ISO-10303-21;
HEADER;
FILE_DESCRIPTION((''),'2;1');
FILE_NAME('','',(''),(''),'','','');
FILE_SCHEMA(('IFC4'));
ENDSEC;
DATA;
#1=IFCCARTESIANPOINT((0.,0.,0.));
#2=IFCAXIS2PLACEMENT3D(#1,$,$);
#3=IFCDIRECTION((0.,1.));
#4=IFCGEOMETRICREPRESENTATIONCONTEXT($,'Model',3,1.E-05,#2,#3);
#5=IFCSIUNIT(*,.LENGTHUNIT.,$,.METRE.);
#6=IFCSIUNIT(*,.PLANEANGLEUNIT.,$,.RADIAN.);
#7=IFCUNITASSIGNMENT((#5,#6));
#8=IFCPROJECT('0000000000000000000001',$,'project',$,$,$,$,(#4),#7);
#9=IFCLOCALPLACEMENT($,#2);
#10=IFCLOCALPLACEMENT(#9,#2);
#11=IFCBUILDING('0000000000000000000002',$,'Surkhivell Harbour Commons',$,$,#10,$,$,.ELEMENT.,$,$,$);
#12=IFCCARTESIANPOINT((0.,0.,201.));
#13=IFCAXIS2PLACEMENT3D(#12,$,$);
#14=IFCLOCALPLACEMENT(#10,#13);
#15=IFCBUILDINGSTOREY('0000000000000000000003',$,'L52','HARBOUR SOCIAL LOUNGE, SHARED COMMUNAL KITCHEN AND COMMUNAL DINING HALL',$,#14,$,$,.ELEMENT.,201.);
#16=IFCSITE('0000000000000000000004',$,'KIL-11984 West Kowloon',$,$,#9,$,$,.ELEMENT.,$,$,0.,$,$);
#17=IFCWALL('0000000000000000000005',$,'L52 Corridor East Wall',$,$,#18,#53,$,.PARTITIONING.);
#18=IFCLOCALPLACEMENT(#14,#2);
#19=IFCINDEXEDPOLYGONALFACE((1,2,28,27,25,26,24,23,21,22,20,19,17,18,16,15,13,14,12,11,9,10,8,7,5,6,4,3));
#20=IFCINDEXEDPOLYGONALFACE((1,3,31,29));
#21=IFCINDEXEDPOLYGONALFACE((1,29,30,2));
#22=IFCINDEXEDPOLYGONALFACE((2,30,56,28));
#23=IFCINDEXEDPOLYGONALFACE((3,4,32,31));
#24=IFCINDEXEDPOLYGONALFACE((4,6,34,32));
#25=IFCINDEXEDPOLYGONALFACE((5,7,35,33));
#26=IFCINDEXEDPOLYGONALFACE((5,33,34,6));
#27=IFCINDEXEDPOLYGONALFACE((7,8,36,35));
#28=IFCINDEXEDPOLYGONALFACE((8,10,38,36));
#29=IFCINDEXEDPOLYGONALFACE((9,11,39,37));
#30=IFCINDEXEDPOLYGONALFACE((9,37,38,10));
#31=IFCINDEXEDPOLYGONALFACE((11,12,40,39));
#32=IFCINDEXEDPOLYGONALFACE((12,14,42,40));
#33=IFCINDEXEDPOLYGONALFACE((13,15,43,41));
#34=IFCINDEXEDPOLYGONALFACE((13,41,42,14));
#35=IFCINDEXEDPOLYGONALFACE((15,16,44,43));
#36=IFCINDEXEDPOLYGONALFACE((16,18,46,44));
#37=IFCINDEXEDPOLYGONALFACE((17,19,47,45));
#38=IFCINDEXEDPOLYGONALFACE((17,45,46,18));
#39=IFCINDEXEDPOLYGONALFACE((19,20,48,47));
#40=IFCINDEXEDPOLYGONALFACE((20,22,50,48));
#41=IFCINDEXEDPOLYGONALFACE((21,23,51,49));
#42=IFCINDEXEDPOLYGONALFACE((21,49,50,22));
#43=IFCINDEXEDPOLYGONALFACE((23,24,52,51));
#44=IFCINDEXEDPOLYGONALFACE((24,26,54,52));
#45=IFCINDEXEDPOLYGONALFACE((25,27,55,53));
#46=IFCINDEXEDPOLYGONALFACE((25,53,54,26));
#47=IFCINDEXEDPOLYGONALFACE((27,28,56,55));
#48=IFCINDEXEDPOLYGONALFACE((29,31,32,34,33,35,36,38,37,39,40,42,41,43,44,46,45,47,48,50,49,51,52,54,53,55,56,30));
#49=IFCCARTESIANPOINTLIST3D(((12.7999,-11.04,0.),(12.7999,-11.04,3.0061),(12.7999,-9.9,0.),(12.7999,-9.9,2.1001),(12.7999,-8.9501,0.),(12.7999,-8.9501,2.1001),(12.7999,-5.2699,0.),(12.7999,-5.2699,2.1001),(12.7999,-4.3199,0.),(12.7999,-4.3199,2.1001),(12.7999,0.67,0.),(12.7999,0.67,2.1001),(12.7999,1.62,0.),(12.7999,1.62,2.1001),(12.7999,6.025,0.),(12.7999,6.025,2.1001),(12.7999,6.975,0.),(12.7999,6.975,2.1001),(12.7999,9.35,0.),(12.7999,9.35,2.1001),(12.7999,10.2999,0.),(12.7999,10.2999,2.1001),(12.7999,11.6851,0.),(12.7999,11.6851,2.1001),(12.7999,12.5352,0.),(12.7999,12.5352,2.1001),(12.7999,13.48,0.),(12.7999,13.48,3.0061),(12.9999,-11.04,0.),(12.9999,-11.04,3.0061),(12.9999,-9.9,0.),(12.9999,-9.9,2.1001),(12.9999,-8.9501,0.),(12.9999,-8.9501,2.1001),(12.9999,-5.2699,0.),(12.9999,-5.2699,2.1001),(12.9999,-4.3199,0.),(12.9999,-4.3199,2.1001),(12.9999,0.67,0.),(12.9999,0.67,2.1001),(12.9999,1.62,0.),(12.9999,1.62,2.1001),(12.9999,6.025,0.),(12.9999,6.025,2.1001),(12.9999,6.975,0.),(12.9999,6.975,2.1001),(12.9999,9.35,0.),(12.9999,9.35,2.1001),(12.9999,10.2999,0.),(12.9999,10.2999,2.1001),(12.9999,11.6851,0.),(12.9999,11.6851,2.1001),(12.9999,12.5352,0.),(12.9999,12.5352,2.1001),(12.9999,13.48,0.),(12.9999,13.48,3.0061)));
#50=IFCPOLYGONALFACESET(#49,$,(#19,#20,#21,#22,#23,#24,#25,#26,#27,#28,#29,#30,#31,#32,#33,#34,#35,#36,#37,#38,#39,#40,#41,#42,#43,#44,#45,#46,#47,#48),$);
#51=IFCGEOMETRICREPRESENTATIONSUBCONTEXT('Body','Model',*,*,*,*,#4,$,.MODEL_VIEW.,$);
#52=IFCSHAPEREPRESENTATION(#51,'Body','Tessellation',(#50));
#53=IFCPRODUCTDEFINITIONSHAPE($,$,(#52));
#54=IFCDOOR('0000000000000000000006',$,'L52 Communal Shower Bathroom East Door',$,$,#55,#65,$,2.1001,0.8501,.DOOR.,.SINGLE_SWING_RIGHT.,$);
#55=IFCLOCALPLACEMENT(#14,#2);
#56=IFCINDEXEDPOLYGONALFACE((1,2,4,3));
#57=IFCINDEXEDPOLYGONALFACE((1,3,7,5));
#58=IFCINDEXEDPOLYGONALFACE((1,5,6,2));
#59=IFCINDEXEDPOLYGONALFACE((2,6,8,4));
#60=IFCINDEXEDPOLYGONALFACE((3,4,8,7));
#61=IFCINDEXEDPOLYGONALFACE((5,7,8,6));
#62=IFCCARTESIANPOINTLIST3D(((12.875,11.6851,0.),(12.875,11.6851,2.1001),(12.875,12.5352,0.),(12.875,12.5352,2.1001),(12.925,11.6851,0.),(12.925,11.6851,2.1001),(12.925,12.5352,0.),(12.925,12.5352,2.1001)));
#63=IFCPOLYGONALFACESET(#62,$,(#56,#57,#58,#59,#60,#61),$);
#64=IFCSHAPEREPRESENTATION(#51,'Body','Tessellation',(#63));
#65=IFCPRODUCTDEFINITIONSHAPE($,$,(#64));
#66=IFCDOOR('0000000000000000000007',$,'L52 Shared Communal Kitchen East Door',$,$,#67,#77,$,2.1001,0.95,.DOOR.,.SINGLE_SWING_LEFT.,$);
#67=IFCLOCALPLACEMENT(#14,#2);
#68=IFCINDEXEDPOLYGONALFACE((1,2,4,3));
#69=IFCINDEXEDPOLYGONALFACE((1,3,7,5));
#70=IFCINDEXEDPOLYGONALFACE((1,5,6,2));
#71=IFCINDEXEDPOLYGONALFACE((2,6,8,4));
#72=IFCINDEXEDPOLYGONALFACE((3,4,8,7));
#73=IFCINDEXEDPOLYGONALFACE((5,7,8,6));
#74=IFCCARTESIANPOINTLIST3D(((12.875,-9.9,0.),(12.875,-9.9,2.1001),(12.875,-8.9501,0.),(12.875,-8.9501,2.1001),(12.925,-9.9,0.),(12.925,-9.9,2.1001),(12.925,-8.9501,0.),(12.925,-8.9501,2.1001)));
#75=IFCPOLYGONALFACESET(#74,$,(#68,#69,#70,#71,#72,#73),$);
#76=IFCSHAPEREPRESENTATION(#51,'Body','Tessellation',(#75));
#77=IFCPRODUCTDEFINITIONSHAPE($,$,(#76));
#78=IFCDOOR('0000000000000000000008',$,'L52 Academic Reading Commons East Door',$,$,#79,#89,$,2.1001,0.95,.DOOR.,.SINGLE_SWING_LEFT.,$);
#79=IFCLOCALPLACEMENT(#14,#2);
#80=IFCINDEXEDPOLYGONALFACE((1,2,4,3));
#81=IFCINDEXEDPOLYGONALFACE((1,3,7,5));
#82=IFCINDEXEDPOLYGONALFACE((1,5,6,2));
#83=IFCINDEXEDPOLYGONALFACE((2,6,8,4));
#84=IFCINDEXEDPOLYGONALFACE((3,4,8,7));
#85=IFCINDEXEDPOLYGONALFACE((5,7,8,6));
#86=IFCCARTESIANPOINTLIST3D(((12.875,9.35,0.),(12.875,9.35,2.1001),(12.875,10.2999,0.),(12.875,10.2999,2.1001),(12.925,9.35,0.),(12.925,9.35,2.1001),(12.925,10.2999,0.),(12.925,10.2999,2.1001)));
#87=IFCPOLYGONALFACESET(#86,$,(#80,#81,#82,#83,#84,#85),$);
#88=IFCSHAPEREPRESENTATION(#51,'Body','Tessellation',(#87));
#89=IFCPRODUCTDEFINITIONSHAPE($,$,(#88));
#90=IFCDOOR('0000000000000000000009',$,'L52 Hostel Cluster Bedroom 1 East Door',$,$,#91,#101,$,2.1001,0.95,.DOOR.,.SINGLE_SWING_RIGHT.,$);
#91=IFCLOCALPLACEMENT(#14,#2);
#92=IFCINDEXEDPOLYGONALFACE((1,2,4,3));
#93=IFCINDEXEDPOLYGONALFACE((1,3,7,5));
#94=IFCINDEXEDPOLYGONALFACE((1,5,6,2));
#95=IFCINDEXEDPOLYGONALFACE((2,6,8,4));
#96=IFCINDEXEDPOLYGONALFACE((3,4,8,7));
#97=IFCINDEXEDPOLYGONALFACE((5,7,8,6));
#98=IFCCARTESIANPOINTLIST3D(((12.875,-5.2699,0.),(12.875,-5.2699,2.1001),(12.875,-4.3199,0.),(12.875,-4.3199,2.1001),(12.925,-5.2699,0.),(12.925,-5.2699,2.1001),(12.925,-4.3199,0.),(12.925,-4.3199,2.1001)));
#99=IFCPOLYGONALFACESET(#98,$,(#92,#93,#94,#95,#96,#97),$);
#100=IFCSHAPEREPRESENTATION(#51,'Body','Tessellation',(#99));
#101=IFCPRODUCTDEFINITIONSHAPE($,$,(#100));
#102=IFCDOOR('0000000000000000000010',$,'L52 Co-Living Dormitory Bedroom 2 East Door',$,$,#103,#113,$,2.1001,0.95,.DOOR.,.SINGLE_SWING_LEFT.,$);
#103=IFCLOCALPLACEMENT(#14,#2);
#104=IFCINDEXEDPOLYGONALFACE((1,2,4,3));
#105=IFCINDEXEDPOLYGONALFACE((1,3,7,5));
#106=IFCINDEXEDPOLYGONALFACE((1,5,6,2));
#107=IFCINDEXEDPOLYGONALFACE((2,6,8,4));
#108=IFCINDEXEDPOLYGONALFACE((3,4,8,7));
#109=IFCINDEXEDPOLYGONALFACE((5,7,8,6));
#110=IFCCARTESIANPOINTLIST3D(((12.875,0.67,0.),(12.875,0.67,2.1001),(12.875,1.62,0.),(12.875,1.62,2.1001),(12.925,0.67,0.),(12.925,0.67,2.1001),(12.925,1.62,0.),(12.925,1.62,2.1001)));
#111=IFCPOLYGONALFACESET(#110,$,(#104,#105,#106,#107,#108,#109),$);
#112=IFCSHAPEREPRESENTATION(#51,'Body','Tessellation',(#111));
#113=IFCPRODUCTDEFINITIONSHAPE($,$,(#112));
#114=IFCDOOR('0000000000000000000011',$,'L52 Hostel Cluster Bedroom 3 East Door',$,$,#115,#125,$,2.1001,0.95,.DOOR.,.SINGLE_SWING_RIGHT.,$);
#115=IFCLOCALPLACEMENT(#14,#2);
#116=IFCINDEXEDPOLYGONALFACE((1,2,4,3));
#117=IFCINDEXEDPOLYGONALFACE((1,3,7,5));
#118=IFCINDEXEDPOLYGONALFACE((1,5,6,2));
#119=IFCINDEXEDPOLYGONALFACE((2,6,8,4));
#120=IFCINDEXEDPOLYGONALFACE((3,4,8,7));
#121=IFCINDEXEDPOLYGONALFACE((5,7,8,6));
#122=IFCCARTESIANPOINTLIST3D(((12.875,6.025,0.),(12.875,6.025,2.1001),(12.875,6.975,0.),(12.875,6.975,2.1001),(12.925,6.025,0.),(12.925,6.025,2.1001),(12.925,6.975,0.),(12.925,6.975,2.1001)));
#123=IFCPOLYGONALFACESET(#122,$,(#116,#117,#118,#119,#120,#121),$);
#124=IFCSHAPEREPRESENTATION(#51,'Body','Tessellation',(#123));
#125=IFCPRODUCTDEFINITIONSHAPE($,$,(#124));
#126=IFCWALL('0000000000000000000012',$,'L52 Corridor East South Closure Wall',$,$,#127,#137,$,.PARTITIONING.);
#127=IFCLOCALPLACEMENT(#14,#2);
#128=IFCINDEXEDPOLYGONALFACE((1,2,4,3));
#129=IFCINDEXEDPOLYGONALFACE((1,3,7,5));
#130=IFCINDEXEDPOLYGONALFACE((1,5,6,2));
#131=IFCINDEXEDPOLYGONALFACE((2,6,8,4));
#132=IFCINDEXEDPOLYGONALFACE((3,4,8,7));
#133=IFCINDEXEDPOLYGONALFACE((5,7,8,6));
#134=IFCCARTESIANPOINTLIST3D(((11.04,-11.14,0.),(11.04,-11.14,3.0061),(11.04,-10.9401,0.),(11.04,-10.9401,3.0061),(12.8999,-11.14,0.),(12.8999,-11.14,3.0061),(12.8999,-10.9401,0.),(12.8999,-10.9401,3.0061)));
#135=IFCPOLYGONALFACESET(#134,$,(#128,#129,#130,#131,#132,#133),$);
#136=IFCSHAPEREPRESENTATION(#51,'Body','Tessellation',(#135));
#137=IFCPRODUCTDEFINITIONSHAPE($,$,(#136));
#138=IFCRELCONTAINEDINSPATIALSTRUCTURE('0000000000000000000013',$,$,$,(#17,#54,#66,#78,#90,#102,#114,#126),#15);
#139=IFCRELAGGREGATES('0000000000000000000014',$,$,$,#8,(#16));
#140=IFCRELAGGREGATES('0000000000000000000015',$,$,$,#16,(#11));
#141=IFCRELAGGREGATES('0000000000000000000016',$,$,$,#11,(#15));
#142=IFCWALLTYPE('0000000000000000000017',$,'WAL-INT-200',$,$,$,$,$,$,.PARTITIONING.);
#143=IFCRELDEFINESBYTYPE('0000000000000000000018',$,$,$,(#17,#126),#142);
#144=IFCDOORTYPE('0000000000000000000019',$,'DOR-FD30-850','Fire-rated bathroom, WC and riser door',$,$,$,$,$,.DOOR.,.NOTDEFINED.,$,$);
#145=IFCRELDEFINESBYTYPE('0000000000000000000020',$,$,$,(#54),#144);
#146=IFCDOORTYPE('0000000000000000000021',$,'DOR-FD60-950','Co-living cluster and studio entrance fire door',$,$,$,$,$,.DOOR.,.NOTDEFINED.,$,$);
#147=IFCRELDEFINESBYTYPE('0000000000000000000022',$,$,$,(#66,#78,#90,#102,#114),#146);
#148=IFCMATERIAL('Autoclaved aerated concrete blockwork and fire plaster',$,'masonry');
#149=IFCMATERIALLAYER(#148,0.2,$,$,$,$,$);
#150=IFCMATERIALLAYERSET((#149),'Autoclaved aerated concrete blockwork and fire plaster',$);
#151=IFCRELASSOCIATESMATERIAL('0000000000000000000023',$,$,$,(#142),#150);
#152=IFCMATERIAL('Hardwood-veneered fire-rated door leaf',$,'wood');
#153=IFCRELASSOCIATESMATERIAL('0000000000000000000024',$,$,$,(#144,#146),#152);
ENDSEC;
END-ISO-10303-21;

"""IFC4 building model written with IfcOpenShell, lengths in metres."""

from ifc_helpers import new_model, si_unit, direction, frame, frame_2d, origin, place, context, subcontext, project, spatial, rectangle, extrude, material, layer, layer_set, type_object, element, fill, save


model = new_model("IFC4")

# Units and contexts
model_context = context("Model", 3, precision=1e-05, world=origin(), true_north=direction((0.0, 1.0)))
body_context = subcontext(model_context, "Body", "Model", "MODEL_VIEW")
ifc_project = project(units=[si_unit("LENGTHUNIT", "METRE"), si_unit("PLANEANGLEUNIT", "RADIAN")], contexts=[model_context])

# Site, building, storey
site_placement = place(None, origin())
site = spatial("IfcSite", under=ifc_project, at=site_placement, Name="KIL-11984 West Kowloon", CompositionType="ELEMENT", RefElevation=0.0)
building_placement = place(site_placement, origin())
building = spatial("IfcBuilding", under=site, at=building_placement, Name="Surkhivell Harbour Commons", CompositionType="ELEMENT")
storey_placement = place(building_placement, frame((0.0, 0.0, 201.0)))
storey = spatial("IfcBuildingStorey", under=building, at=storey_placement, Name="L52", Description="HARBOUR SOCIAL LOUNGE, SHARED COMMUNAL KITCHEN AND COMMUNAL DINING HALL", CompositionType="ELEMENT", Elevation=201.0)

# Wall, openings, doors
ifc_material_1 = material(Name="Autoclaved aerated concrete blockwork and fire plaster", Category="masonry")
ifc_layer_1 = layer(ifc_material_1, 0.2)
ifc_layer_set_1 = layer_set([ifc_layer_1], Name="Autoclaved aerated concrete blockwork and fire plaster")
wall_type_1 = type_object("IfcWallType", Name="WAL-INT-200", PredefinedType="PARTITIONING", material=ifc_layer_set_1)
wall_1_placement = place(storey_placement, frame((12.8999, -11.04, 0.0), z_axis=(0.0, 0.0, 1.0), x_axis=(0.0, 1.0, 0.0)))
wall_1 = element("IfcWall", 1, at=wall_1_placement, inside=storey, type_object=wall_type_1, Name="L52 Corridor East Wall", PredefinedType="PARTITIONING", context=body_context, shape_type="SweptSolid", body=[
    extrude(rectangle(XDim=24.52, YDim=0.2, at=frame_2d((12.26, 0.0))), origin(), (0.0, 0.0, 1.0), 3.0061),
])
opening_1_placement = place(wall_1_placement, frame((1.1399, 0.0, 0.0)))
opening_1 = element("IfcOpeningElement", 2, at=opening_1_placement, cuts=wall_1, PredefinedType="OPENING", context=body_context, shape_type="SweptSolid", body=[
    extrude(rectangle(XDim=0.95, YDim=2.1001, at=frame_2d((0.4751, 1.05))), frame((0.0, 0.1099, 0.0), z_axis=(0.0, -1.0, 0.0), x_axis=(1.0, 0.0, 0.0)), (0.0, 0.0, 1.0), 0.22),
])
opening_2_placement = place(wall_1_placement, frame((22.7251, 0.0, 0.0)))
opening_2 = element("IfcOpeningElement", 3, at=opening_2_placement, cuts=wall_1, PredefinedType="OPENING", context=body_context, shape_type="SweptSolid", body=[
    extrude(rectangle(XDim=0.8501, YDim=2.1001, at=frame_2d((0.425, 1.05))), frame((0.0, 0.1099, 0.0), z_axis=(0.0, -1.0, 0.0), x_axis=(1.0, 0.0, 0.0)), (0.0, 0.0, 1.0), 0.22),
])
opening_3_placement = place(wall_1_placement, frame((20.3899, 0.0, 0.0)))
opening_3 = element("IfcOpeningElement", 4, at=opening_3_placement, cuts=wall_1, PredefinedType="OPENING", context=body_context, shape_type="SweptSolid", body=[
    extrude(rectangle(XDim=0.95, YDim=2.1001, at=frame_2d((0.4751, 1.05))), frame((0.0, 0.1099, 0.0), z_axis=(0.0, -1.0, 0.0), x_axis=(1.0, 0.0, 0.0)), (0.0, 0.0, 1.0), 0.22),
])
opening_4_placement = place(wall_1_placement, frame((5.77, 0.0, 0.0)))
opening_4 = element("IfcOpeningElement", 5, at=opening_4_placement, cuts=wall_1, PredefinedType="OPENING", context=body_context, shape_type="SweptSolid", body=[
    extrude(rectangle(XDim=0.95, YDim=2.1001, at=frame_2d((0.4751, 1.05))), frame((0.0, 0.1099, 0.0), z_axis=(0.0, -1.0, 0.0), x_axis=(1.0, 0.0, 0.0)), (0.0, 0.0, 1.0), 0.22),
])
opening_5_placement = place(wall_1_placement, frame((11.71, 0.0, 0.0)))
opening_5 = element("IfcOpeningElement", 6, at=opening_5_placement, cuts=wall_1, PredefinedType="OPENING", context=body_context, shape_type="SweptSolid", body=[
    extrude(rectangle(XDim=0.95, YDim=2.1001, at=frame_2d((0.4751, 1.05))), frame((0.0, 0.1099, 0.0), z_axis=(0.0, -1.0, 0.0), x_axis=(1.0, 0.0, 0.0)), (0.0, 0.0, 1.0), 0.22),
])
opening_6_placement = place(wall_1_placement, frame((17.0649, 0.0, 0.0)))
opening_6 = element("IfcOpeningElement", 7, at=opening_6_placement, cuts=wall_1, PredefinedType="OPENING", context=body_context, shape_type="SweptSolid", body=[
    extrude(rectangle(XDim=0.95, YDim=2.1001, at=frame_2d((0.4751, 1.05))), frame((0.0, 0.1099, 0.0), z_axis=(0.0, -1.0, 0.0), x_axis=(1.0, 0.0, 0.0)), (0.0, 0.0, 1.0), 0.22),
])
ifc_material_2 = material(Name="Hardwood-veneered fire-rated door leaf", Category="wood")
door_type_1 = type_object("IfcDoorType", Name="DOR-FD30-850", Description="Fire-rated bathroom, WC and riser door", OperationType="NOTDEFINED", PredefinedType="DOOR", material=ifc_material_2)
door_1_placement = place(opening_2_placement, origin())
door_1 = element("IfcDoor", 8, at=door_1_placement, inside=storey, type_object=door_type_1, Name="L52 Communal Shower Bathroom East Door", OperationType="SINGLE_SWING_RIGHT", OverallHeight=2.1001, OverallWidth=0.8501, PredefinedType="DOOR", context=body_context, shape_type="SweptSolid", body=[
    extrude(rectangle(XDim=0.8501, YDim=2.1001, at=frame_2d((0.425, 1.05))), frame((0.0, 0.0249, 0.0), z_axis=(0.0, -1.0, 0.0), x_axis=(1.0, 0.0, 0.0)), (0.0, 0.0, 1.0), 0.05),
])
fill(opening_2, door_1)
door_type_2 = type_object("IfcDoorType", Name="DOR-FD60-950", Description="Co-living cluster and studio entrance fire door", OperationType="NOTDEFINED", PredefinedType="DOOR", material=ifc_material_2)
door_2_placement = place(opening_1_placement, origin())
door_2 = element("IfcDoor", 9, at=door_2_placement, inside=storey, type_object=door_type_2, Name="L52 Shared Communal Kitchen East Door", OperationType="SINGLE_SWING_LEFT", OverallHeight=2.1001, OverallWidth=0.95, PredefinedType="DOOR", context=body_context, shape_type="SweptSolid", body=[
    extrude(rectangle(XDim=0.95, YDim=2.1001, at=frame_2d((0.4751, 1.05))), frame((0.0, 0.0249, 0.0), z_axis=(0.0, -1.0, 0.0), x_axis=(1.0, 0.0, 0.0)), (0.0, 0.0, 1.0), 0.05),
])
fill(opening_1, door_2)
door_3_placement = place(opening_3_placement, origin())
door_3 = element("IfcDoor", 10, at=door_3_placement, inside=storey, type_object=door_type_2, Name="L52 Academic Reading Commons East Door", OperationType="SINGLE_SWING_LEFT", OverallHeight=2.1001, OverallWidth=0.95, PredefinedType="DOOR", context=body_context, shape_type="SweptSolid", body=[
    extrude(rectangle(XDim=0.95, YDim=2.1001, at=frame_2d((0.4751, 1.05))), frame((0.0, 0.0249, 0.0), z_axis=(0.0, -1.0, 0.0), x_axis=(1.0, 0.0, 0.0)), (0.0, 0.0, 1.0), 0.05),
])
fill(opening_3, door_3)
door_4_placement = place(opening_4_placement, origin())
door_4 = element("IfcDoor", 11, at=door_4_placement, inside=storey, type_object=door_type_2, Name="L52 Hostel Cluster Bedroom 1 East Door", OperationType="SINGLE_SWING_RIGHT", OverallHeight=2.1001, OverallWidth=0.95, PredefinedType="DOOR", context=body_context, shape_type="SweptSolid", body=[
    extrude(rectangle(XDim=0.95, YDim=2.1001, at=frame_2d((0.4751, 1.05))), frame((0.0, 0.0249, 0.0), z_axis=(0.0, -1.0, 0.0), x_axis=(1.0, 0.0, 0.0)), (0.0, 0.0, 1.0), 0.05),
])
fill(opening_4, door_4)
door_5_placement = place(opening_5_placement, origin())
door_5 = element("IfcDoor", 12, at=door_5_placement, inside=storey, type_object=door_type_2, Name="L52 Co-Living Dormitory Bedroom 2 East Door", OperationType="SINGLE_SWING_LEFT", OverallHeight=2.1001, OverallWidth=0.95, PredefinedType="DOOR", context=body_context, shape_type="SweptSolid", body=[
    extrude(rectangle(XDim=0.95, YDim=2.1001, at=frame_2d((0.4751, 1.05))), frame((0.0, 0.0249, 0.0), z_axis=(0.0, -1.0, 0.0), x_axis=(1.0, 0.0, 0.0)), (0.0, 0.0, 1.0), 0.05),
])
fill(opening_5, door_5)
door_6_placement = place(opening_6_placement, origin())
door_6 = element("IfcDoor", 13, at=door_6_placement, inside=storey, type_object=door_type_2, Name="L52 Hostel Cluster Bedroom 3 East Door", OperationType="SINGLE_SWING_RIGHT", OverallHeight=2.1001, OverallWidth=0.95, PredefinedType="DOOR", context=body_context, shape_type="SweptSolid", body=[
    extrude(rectangle(XDim=0.95, YDim=2.1001, at=frame_2d((0.4751, 1.05))), frame((0.0, 0.0249, 0.0), z_axis=(0.0, -1.0, 0.0), x_axis=(1.0, 0.0, 0.0)), (0.0, 0.0, 1.0), 0.05),
])
fill(opening_6, door_6)

# Wall
wall_2_placement = place(storey_placement, frame((11.04, -11.04, 0.0), z_axis=(0.0, 0.0, 1.0), x_axis=(1.0, 0.0, 0.0)))
element("IfcWall", 14, at=wall_2_placement, inside=storey, type_object=wall_type_1, Name="L52 Corridor East South Closure Wall", PredefinedType="PARTITIONING", context=body_context, shape_type="SweptSolid", body=[
    extrude(rectangle(XDim=1.8599, YDim=0.2, at=frame_2d((0.9299, 0.0))), origin(), (0.0, 0.0, 1.0), 3.0061),
])

save(model, "model.ifc")
